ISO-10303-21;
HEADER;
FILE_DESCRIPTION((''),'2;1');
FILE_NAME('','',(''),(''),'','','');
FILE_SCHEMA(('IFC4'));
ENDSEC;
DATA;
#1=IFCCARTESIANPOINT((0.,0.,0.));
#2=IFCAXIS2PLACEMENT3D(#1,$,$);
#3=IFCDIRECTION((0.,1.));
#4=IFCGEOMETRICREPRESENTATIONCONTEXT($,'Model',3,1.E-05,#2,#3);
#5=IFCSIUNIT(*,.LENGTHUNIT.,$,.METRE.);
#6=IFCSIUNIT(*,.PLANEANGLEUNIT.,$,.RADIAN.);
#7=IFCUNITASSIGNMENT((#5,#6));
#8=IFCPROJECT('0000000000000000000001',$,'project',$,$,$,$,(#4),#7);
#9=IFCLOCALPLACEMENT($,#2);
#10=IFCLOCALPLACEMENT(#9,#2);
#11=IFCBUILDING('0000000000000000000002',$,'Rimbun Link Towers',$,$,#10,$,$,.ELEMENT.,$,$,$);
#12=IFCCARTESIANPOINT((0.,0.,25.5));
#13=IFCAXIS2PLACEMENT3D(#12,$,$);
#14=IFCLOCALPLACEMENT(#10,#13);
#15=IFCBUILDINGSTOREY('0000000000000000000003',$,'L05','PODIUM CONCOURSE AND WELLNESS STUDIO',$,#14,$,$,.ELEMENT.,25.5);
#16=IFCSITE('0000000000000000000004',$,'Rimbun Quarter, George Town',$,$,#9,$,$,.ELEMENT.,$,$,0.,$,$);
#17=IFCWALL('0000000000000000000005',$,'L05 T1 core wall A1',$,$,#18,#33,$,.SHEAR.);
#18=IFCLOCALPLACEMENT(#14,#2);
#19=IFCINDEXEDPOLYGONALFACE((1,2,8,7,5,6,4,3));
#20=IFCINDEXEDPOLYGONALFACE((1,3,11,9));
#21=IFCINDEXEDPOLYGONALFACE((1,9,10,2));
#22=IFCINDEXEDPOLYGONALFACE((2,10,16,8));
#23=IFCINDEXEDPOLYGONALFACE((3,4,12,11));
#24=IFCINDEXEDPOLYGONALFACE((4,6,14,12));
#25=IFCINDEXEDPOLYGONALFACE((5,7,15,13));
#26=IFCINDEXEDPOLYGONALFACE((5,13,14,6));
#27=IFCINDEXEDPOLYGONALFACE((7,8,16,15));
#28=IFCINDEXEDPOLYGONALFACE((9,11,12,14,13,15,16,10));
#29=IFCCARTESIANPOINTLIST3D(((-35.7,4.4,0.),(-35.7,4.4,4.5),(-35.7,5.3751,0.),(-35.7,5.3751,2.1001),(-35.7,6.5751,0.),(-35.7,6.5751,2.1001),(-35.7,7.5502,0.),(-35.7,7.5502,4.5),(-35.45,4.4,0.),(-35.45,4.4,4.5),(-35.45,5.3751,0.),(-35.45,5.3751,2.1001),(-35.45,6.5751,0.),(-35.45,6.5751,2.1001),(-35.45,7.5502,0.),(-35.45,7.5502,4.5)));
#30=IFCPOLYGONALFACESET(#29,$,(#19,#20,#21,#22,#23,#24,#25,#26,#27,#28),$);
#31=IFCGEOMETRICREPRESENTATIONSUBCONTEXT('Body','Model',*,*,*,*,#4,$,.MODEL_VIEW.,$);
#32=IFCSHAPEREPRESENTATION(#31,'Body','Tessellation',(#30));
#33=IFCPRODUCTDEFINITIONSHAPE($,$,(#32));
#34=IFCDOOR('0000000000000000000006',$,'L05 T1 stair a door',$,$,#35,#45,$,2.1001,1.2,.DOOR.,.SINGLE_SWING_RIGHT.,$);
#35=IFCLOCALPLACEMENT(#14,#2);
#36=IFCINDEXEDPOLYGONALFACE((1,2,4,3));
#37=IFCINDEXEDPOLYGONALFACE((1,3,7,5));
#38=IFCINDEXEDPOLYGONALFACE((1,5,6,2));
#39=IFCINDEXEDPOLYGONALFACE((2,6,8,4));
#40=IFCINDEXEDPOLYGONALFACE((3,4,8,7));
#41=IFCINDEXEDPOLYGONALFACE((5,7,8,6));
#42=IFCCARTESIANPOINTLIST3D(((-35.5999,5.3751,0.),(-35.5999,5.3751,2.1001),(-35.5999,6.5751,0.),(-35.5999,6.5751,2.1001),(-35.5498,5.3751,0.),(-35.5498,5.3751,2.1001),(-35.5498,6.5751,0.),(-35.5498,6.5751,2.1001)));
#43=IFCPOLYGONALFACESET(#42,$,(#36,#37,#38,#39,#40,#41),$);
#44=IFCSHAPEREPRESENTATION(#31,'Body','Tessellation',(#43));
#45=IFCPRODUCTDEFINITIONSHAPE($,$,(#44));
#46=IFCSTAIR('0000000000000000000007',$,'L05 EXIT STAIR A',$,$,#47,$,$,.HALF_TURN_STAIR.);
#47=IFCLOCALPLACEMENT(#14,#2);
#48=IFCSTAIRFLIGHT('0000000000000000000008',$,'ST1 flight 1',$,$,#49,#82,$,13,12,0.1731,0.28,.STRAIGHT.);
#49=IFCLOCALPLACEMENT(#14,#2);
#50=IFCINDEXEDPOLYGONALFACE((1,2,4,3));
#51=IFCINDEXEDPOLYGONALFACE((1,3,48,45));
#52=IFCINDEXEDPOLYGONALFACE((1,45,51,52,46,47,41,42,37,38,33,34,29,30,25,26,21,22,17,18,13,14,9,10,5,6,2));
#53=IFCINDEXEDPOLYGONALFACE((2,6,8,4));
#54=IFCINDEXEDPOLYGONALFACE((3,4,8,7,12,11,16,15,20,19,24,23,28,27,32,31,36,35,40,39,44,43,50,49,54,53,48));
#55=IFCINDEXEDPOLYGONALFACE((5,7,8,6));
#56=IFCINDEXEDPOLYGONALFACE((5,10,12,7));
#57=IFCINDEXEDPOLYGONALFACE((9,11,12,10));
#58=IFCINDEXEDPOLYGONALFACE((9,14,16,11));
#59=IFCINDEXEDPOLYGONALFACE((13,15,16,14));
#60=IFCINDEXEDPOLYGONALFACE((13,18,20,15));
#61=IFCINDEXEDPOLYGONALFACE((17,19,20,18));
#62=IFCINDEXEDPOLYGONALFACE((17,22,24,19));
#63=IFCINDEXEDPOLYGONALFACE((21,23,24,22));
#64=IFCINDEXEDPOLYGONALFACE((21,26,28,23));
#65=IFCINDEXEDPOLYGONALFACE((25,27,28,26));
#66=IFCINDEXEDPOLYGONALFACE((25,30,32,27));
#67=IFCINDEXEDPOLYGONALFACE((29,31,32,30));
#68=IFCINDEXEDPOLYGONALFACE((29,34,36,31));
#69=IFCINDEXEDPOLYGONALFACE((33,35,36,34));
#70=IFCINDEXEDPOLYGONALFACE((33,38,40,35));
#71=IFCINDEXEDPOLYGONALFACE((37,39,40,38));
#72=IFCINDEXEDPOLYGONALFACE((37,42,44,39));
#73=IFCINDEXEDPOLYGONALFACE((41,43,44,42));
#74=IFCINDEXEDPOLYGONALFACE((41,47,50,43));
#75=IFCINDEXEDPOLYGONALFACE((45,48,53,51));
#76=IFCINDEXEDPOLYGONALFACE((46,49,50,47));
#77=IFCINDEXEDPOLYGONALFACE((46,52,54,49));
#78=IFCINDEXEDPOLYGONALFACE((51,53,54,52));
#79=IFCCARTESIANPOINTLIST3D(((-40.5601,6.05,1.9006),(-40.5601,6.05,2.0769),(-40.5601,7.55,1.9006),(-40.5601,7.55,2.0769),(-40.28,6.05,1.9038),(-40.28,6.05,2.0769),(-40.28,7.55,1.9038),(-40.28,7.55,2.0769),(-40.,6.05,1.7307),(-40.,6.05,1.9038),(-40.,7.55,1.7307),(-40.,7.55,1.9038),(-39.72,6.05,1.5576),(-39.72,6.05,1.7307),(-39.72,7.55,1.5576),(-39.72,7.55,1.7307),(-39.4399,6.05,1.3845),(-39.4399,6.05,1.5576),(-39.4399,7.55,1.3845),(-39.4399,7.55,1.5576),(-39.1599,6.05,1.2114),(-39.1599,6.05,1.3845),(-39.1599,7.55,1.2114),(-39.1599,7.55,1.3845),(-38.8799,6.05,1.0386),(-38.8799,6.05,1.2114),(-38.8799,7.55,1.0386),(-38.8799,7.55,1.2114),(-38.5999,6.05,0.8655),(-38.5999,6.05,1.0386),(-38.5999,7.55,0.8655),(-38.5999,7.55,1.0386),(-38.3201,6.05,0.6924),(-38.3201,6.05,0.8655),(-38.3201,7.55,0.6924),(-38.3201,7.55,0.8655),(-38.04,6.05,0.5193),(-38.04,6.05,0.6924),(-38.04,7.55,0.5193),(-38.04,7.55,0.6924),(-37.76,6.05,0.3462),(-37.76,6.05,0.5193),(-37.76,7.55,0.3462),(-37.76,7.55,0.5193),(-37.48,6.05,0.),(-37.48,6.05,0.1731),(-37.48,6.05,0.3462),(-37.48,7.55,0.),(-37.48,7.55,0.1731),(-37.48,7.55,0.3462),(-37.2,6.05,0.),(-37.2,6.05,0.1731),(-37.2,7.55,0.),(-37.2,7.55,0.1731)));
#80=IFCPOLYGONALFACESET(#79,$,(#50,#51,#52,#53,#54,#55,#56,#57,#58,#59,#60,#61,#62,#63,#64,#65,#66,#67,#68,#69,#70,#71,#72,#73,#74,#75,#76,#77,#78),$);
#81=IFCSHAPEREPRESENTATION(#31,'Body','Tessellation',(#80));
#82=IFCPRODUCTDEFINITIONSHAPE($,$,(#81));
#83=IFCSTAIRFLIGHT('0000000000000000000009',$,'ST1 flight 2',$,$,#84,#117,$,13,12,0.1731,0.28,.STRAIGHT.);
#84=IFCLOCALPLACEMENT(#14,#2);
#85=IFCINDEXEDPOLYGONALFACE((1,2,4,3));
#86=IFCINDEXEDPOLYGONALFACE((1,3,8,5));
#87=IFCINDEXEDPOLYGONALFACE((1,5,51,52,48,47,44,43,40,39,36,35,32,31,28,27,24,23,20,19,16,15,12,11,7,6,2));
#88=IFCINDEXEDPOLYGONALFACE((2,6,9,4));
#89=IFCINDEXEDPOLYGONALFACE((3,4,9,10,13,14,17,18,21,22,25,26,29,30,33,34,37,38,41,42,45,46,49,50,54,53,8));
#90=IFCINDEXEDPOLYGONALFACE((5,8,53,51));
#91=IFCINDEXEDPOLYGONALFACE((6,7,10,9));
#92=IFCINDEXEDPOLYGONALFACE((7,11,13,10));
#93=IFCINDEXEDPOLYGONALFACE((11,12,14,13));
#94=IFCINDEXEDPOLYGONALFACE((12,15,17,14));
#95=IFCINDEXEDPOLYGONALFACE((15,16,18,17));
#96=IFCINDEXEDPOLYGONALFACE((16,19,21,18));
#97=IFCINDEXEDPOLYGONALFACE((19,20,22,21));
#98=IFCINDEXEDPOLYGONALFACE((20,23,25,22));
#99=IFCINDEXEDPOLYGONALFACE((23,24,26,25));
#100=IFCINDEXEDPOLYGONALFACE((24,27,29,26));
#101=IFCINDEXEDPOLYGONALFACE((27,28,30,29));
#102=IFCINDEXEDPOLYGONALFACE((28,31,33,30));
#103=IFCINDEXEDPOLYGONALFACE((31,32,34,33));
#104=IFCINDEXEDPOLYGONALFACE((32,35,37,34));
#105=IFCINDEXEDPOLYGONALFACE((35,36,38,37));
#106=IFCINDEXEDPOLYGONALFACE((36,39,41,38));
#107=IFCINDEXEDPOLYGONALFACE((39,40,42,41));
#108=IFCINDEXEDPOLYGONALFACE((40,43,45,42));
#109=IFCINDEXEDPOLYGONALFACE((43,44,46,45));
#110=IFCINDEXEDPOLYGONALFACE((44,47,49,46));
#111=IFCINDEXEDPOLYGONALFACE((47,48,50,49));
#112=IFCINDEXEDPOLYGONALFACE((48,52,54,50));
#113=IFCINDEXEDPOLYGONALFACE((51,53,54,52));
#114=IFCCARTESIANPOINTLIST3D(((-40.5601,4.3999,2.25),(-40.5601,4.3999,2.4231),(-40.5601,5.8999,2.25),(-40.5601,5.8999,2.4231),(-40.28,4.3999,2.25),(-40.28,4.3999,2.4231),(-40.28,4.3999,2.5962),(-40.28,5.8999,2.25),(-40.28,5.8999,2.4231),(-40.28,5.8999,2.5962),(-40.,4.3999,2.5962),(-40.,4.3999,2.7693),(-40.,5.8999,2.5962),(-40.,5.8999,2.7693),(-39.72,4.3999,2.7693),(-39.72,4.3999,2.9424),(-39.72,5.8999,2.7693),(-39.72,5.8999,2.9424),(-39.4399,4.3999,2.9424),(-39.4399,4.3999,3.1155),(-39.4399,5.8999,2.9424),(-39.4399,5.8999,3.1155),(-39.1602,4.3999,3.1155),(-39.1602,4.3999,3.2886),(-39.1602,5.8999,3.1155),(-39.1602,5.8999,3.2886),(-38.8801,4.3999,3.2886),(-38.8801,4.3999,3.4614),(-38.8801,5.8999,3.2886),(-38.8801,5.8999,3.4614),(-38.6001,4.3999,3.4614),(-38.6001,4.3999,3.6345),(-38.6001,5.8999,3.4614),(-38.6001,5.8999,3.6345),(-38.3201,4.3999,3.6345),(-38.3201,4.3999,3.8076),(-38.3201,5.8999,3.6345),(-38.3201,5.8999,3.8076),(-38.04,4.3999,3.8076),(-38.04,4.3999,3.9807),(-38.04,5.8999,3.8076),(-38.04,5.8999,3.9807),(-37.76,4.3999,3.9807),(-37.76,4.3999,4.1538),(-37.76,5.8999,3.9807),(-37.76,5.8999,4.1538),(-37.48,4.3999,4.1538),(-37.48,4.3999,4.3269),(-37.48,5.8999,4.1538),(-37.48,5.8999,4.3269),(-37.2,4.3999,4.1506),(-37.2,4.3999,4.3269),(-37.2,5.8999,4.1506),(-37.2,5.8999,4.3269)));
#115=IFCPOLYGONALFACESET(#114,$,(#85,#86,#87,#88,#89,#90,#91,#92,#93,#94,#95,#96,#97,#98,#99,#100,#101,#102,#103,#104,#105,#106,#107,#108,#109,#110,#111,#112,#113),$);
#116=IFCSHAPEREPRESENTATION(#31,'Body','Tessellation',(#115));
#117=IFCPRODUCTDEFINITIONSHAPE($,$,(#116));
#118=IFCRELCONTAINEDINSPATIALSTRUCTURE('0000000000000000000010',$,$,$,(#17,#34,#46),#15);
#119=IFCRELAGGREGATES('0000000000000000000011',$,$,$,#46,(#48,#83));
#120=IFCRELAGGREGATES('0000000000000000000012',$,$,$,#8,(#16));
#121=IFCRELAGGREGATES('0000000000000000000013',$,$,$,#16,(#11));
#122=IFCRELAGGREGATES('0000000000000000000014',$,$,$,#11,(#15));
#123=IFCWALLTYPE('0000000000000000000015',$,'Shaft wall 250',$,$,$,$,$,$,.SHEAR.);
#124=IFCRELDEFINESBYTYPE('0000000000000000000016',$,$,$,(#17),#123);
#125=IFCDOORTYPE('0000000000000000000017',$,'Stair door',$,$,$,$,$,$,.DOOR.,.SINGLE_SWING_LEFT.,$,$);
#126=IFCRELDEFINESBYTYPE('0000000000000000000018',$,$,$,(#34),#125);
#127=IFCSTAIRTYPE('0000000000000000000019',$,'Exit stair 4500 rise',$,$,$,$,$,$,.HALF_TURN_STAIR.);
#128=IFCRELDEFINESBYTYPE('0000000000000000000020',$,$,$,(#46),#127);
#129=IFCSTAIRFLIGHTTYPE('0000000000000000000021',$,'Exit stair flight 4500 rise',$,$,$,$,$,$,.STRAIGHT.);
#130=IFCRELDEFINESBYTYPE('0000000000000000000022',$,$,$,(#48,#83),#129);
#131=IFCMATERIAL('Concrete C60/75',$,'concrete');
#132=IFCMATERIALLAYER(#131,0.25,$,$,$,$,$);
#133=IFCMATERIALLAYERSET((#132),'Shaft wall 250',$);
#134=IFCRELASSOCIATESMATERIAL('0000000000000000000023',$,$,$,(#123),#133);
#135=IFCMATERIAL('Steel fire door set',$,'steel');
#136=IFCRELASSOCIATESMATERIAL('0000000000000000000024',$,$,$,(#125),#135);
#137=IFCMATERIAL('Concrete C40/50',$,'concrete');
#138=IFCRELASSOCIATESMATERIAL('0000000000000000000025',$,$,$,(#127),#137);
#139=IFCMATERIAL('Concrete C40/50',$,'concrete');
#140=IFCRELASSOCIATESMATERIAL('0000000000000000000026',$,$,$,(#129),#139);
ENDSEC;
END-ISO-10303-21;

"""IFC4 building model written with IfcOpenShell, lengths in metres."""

from ifc_helpers import new_model, si_unit, direction, frame, frame_2d, origin, place, context, subcontext, project, spatial, polyline, rectangle, outline, extrude, material, layer, layer_set, type_object, element, fill, aggregate, save


model = new_model("IFC4")

# Units and contexts
model_context = context("Model", 3, precision=1e-05, world=origin(), true_north=direction((0.0, 1.0)))
body_context = subcontext(model_context, "Body", "Model", "MODEL_VIEW")
ifc_project = project(units=[si_unit("LENGTHUNIT", "METRE"), si_unit("PLANEANGLEUNIT", "RADIAN")], contexts=[model_context])

# Site, building, storey
site_placement = place(None, origin())
site = spatial("IfcSite", under=ifc_project, at=site_placement, Name="Rimbun Quarter, George Town", CompositionType="ELEMENT", RefElevation=0.0)
building_placement = place(site_placement, origin())
building = spatial("IfcBuilding", under=site, at=building_placement, Name="Rimbun Link Towers", CompositionType="ELEMENT")
storey_placement = place(building_placement, frame((0.0, 0.0, 25.5)))
storey = spatial("IfcBuildingStorey", under=building, at=storey_placement, Name="L05", Description="PODIUM CONCOURSE AND WELLNESS STUDIO", CompositionType="ELEMENT", Elevation=25.5)

# Shared definitions
ifc_material_1 = material(Name="Concrete C60/75", Category="concrete")
ifc_layer = layer(ifc_material_1, 0.25)
ifc_layer_set = layer_set([ifc_layer], Name="Shaft wall 250")
wall_type = type_object("IfcWallType", Name="Shaft wall 250", PredefinedType="SHEAR", material=ifc_layer_set)

# Wall, opening, door
wall_1_placement = place(storey_placement, frame((-35.575, 4.3999, 0.0), z_axis=(0.0, 0.0, 1.0), x_axis=(0.0, 1.0, 0.0)))
wall_1 = element("IfcWall", 1, at=wall_1_placement, inside=storey, type_object=wall_type, Name="L05 T1 core wall A1", PredefinedType="SHEAR", context=body_context, shape_type="SweptSolid", body=[
    extrude(rectangle(XDim=3.1501, YDim=0.25, at=frame_2d((1.5752, 0.0))), origin(), (0.0, 0.0, 1.0), 4.5),
])
opening_1_placement = place(wall_1_placement, frame((0.9751, 0.0, 0.0)))
opening_1 = element("IfcOpeningElement", 2, at=opening_1_placement, cuts=wall_1, PredefinedType="OPENING", context=body_context, shape_type="SweptSolid", body=[
    extrude(rectangle(XDim=1.2, YDim=2.1001, at=frame_2d((0.6001, 1.05))), frame((0.0, 0.135, 0.0), z_axis=(0.0, -1.0, 0.0), x_axis=(1.0, 0.0, 0.0)), (0.0, 0.0, 1.0), 0.27),
])
ifc_material_2 = material(Name="Steel fire door set", Category="steel")
door_type_1 = type_object("IfcDoorType", Name="Stair door", OperationType="SINGLE_SWING_LEFT", PredefinedType="DOOR", material=ifc_material_2)
door_1_placement = place(opening_1_placement, origin())
door_1 = element("IfcDoor", 3, at=door_1_placement, inside=storey, type_object=door_type_1, Name="L05 T1 stair a door", OperationType="SINGLE_SWING_RIGHT", OverallHeight=2.1001, OverallWidth=1.2, PredefinedType="DOOR", context=body_context, shape_type="SweptSolid", body=[
    extrude(rectangle(XDim=1.2, YDim=2.1001, at=frame_2d((0.6001, 1.05))), frame((0.0, 0.0249, 0.0), z_axis=(0.0, -1.0, 0.0), x_axis=(1.0, 0.0, 0.0)), (0.0, 0.0, 1.0), 0.05),
])
fill(opening_1, door_1)

# Stair, stair flights
ifc_material_3 = material(Name="Concrete C40/50", Category="concrete")
stair_type = type_object("IfcStairType", Name="Exit stair 4500 rise", PredefinedType="HALF_TURN_STAIR", material=ifc_material_3)
stair_placement = place(storey_placement, origin())
stair = element("IfcStair", 4, at=stair_placement, inside=storey, type_object=stair_type, Name="L05 EXIT STAIR A", PredefinedType="HALF_TURN_STAIR")
ifc_material_4 = material(Name="Concrete C40/50", Category="concrete")
stair_flight_type = type_object("IfcStairFlightType", Name="Exit stair flight 4500 rise", PredefinedType="STRAIGHT", material=ifc_material_4)
stair_flight_1_placement = place(storey_placement, frame((-37.2, 6.8, 0.0), z_axis=(0.0, 0.0, 1.0), x_axis=(-1.0, 0.0, 0.0)))
stair_flight_1 = element("IfcStairFlight", 5, at=stair_flight_1_placement, type_object=stair_flight_type, Name="ST1 flight 1", NumberOfRisers=13, NumberOfTreads=12, PredefinedType="STRAIGHT", RiserHeight=0.1731, TreadLength=0.28, context=body_context, shape_type="SweptSolid", body=[
    extrude(outline(polyline([(0.0, 0.0), (0.0, 0.1731), (0.28, 0.1731), (0.28, 0.3462), (0.5601, 0.3462), (0.5601, 0.5193), (0.8401, 0.5193), (0.8401, 0.6924), (1.1201, 0.6924), (1.1201, 0.8655), (1.3999, 0.8655), (1.3999, 1.0386), (1.6799, 1.0386), (1.6799, 1.2114), (1.96, 1.2114), (1.96, 1.3845), (2.24, 1.3845), (2.24, 1.5576), (2.52, 1.5576), (2.52, 1.7307), (2.8, 1.7307), (2.8, 1.9038), (3.0801, 1.9038), (3.0801, 2.0769), (3.3601, 2.0769), (3.3601, 2.25), (3.3601, 1.9006), (0.28, 0.0), (0.0, 0.0)])), frame((0.0, 0.75, 0.0), z_axis=(0.0, -1.0, 0.0), x_axis=(1.0, 0.0, 0.0)), (0.0, 0.0, 1.0), 1.5),
])
stair_flight_2_placement = place(storey_placement, frame((-40.5601, 5.1499, 2.25), z_axis=(0.0, 0.0, 1.0), x_axis=(1.0, 0.0, 0.0)))
stair_flight_2 = element("IfcStairFlight", 6, at=stair_flight_2_placement, type_object=stair_flight_type, Name="ST1 flight 2", NumberOfRisers=13, NumberOfTreads=12, PredefinedType="STRAIGHT", RiserHeight=0.1731, TreadLength=0.28, context=body_context, shape_type="SweptSolid", body=[
    extrude(outline(polyline([(0.0, 0.0), (0.0, 0.1731), (0.28, 0.1731), (0.28, 0.3462), (0.5601, 0.3462), (0.5601, 0.5193), (0.8401, 0.5193), (0.8401, 0.6924), (1.1201, 0.6924), (1.1201, 0.8655), (1.3999, 0.8655), (1.3999, 1.0386), (1.6799, 1.0386), (1.6799, 1.2114), (1.96, 1.2114), (1.96, 1.3845), (2.24, 1.3845), (2.24, 1.5576), (2.52, 1.5576), (2.52, 1.7307), (2.8, 1.7307), (2.8, 1.9038), (3.0801, 1.9038), (3.0801, 2.0769), (3.3601, 2.0769), (3.3601, 2.25), (3.3601, 1.9006), (0.28, 0.0), (0.0, 0.0)])), frame((0.0, 0.75, 0.0), z_axis=(0.0, -1.0, 0.0), x_axis=(1.0, 0.0, 0.0)), (0.0, 0.0, 1.0), 1.5),
])
aggregate(stair, [stair_flight_1, stair_flight_2])

save(model, "model.ifc")
